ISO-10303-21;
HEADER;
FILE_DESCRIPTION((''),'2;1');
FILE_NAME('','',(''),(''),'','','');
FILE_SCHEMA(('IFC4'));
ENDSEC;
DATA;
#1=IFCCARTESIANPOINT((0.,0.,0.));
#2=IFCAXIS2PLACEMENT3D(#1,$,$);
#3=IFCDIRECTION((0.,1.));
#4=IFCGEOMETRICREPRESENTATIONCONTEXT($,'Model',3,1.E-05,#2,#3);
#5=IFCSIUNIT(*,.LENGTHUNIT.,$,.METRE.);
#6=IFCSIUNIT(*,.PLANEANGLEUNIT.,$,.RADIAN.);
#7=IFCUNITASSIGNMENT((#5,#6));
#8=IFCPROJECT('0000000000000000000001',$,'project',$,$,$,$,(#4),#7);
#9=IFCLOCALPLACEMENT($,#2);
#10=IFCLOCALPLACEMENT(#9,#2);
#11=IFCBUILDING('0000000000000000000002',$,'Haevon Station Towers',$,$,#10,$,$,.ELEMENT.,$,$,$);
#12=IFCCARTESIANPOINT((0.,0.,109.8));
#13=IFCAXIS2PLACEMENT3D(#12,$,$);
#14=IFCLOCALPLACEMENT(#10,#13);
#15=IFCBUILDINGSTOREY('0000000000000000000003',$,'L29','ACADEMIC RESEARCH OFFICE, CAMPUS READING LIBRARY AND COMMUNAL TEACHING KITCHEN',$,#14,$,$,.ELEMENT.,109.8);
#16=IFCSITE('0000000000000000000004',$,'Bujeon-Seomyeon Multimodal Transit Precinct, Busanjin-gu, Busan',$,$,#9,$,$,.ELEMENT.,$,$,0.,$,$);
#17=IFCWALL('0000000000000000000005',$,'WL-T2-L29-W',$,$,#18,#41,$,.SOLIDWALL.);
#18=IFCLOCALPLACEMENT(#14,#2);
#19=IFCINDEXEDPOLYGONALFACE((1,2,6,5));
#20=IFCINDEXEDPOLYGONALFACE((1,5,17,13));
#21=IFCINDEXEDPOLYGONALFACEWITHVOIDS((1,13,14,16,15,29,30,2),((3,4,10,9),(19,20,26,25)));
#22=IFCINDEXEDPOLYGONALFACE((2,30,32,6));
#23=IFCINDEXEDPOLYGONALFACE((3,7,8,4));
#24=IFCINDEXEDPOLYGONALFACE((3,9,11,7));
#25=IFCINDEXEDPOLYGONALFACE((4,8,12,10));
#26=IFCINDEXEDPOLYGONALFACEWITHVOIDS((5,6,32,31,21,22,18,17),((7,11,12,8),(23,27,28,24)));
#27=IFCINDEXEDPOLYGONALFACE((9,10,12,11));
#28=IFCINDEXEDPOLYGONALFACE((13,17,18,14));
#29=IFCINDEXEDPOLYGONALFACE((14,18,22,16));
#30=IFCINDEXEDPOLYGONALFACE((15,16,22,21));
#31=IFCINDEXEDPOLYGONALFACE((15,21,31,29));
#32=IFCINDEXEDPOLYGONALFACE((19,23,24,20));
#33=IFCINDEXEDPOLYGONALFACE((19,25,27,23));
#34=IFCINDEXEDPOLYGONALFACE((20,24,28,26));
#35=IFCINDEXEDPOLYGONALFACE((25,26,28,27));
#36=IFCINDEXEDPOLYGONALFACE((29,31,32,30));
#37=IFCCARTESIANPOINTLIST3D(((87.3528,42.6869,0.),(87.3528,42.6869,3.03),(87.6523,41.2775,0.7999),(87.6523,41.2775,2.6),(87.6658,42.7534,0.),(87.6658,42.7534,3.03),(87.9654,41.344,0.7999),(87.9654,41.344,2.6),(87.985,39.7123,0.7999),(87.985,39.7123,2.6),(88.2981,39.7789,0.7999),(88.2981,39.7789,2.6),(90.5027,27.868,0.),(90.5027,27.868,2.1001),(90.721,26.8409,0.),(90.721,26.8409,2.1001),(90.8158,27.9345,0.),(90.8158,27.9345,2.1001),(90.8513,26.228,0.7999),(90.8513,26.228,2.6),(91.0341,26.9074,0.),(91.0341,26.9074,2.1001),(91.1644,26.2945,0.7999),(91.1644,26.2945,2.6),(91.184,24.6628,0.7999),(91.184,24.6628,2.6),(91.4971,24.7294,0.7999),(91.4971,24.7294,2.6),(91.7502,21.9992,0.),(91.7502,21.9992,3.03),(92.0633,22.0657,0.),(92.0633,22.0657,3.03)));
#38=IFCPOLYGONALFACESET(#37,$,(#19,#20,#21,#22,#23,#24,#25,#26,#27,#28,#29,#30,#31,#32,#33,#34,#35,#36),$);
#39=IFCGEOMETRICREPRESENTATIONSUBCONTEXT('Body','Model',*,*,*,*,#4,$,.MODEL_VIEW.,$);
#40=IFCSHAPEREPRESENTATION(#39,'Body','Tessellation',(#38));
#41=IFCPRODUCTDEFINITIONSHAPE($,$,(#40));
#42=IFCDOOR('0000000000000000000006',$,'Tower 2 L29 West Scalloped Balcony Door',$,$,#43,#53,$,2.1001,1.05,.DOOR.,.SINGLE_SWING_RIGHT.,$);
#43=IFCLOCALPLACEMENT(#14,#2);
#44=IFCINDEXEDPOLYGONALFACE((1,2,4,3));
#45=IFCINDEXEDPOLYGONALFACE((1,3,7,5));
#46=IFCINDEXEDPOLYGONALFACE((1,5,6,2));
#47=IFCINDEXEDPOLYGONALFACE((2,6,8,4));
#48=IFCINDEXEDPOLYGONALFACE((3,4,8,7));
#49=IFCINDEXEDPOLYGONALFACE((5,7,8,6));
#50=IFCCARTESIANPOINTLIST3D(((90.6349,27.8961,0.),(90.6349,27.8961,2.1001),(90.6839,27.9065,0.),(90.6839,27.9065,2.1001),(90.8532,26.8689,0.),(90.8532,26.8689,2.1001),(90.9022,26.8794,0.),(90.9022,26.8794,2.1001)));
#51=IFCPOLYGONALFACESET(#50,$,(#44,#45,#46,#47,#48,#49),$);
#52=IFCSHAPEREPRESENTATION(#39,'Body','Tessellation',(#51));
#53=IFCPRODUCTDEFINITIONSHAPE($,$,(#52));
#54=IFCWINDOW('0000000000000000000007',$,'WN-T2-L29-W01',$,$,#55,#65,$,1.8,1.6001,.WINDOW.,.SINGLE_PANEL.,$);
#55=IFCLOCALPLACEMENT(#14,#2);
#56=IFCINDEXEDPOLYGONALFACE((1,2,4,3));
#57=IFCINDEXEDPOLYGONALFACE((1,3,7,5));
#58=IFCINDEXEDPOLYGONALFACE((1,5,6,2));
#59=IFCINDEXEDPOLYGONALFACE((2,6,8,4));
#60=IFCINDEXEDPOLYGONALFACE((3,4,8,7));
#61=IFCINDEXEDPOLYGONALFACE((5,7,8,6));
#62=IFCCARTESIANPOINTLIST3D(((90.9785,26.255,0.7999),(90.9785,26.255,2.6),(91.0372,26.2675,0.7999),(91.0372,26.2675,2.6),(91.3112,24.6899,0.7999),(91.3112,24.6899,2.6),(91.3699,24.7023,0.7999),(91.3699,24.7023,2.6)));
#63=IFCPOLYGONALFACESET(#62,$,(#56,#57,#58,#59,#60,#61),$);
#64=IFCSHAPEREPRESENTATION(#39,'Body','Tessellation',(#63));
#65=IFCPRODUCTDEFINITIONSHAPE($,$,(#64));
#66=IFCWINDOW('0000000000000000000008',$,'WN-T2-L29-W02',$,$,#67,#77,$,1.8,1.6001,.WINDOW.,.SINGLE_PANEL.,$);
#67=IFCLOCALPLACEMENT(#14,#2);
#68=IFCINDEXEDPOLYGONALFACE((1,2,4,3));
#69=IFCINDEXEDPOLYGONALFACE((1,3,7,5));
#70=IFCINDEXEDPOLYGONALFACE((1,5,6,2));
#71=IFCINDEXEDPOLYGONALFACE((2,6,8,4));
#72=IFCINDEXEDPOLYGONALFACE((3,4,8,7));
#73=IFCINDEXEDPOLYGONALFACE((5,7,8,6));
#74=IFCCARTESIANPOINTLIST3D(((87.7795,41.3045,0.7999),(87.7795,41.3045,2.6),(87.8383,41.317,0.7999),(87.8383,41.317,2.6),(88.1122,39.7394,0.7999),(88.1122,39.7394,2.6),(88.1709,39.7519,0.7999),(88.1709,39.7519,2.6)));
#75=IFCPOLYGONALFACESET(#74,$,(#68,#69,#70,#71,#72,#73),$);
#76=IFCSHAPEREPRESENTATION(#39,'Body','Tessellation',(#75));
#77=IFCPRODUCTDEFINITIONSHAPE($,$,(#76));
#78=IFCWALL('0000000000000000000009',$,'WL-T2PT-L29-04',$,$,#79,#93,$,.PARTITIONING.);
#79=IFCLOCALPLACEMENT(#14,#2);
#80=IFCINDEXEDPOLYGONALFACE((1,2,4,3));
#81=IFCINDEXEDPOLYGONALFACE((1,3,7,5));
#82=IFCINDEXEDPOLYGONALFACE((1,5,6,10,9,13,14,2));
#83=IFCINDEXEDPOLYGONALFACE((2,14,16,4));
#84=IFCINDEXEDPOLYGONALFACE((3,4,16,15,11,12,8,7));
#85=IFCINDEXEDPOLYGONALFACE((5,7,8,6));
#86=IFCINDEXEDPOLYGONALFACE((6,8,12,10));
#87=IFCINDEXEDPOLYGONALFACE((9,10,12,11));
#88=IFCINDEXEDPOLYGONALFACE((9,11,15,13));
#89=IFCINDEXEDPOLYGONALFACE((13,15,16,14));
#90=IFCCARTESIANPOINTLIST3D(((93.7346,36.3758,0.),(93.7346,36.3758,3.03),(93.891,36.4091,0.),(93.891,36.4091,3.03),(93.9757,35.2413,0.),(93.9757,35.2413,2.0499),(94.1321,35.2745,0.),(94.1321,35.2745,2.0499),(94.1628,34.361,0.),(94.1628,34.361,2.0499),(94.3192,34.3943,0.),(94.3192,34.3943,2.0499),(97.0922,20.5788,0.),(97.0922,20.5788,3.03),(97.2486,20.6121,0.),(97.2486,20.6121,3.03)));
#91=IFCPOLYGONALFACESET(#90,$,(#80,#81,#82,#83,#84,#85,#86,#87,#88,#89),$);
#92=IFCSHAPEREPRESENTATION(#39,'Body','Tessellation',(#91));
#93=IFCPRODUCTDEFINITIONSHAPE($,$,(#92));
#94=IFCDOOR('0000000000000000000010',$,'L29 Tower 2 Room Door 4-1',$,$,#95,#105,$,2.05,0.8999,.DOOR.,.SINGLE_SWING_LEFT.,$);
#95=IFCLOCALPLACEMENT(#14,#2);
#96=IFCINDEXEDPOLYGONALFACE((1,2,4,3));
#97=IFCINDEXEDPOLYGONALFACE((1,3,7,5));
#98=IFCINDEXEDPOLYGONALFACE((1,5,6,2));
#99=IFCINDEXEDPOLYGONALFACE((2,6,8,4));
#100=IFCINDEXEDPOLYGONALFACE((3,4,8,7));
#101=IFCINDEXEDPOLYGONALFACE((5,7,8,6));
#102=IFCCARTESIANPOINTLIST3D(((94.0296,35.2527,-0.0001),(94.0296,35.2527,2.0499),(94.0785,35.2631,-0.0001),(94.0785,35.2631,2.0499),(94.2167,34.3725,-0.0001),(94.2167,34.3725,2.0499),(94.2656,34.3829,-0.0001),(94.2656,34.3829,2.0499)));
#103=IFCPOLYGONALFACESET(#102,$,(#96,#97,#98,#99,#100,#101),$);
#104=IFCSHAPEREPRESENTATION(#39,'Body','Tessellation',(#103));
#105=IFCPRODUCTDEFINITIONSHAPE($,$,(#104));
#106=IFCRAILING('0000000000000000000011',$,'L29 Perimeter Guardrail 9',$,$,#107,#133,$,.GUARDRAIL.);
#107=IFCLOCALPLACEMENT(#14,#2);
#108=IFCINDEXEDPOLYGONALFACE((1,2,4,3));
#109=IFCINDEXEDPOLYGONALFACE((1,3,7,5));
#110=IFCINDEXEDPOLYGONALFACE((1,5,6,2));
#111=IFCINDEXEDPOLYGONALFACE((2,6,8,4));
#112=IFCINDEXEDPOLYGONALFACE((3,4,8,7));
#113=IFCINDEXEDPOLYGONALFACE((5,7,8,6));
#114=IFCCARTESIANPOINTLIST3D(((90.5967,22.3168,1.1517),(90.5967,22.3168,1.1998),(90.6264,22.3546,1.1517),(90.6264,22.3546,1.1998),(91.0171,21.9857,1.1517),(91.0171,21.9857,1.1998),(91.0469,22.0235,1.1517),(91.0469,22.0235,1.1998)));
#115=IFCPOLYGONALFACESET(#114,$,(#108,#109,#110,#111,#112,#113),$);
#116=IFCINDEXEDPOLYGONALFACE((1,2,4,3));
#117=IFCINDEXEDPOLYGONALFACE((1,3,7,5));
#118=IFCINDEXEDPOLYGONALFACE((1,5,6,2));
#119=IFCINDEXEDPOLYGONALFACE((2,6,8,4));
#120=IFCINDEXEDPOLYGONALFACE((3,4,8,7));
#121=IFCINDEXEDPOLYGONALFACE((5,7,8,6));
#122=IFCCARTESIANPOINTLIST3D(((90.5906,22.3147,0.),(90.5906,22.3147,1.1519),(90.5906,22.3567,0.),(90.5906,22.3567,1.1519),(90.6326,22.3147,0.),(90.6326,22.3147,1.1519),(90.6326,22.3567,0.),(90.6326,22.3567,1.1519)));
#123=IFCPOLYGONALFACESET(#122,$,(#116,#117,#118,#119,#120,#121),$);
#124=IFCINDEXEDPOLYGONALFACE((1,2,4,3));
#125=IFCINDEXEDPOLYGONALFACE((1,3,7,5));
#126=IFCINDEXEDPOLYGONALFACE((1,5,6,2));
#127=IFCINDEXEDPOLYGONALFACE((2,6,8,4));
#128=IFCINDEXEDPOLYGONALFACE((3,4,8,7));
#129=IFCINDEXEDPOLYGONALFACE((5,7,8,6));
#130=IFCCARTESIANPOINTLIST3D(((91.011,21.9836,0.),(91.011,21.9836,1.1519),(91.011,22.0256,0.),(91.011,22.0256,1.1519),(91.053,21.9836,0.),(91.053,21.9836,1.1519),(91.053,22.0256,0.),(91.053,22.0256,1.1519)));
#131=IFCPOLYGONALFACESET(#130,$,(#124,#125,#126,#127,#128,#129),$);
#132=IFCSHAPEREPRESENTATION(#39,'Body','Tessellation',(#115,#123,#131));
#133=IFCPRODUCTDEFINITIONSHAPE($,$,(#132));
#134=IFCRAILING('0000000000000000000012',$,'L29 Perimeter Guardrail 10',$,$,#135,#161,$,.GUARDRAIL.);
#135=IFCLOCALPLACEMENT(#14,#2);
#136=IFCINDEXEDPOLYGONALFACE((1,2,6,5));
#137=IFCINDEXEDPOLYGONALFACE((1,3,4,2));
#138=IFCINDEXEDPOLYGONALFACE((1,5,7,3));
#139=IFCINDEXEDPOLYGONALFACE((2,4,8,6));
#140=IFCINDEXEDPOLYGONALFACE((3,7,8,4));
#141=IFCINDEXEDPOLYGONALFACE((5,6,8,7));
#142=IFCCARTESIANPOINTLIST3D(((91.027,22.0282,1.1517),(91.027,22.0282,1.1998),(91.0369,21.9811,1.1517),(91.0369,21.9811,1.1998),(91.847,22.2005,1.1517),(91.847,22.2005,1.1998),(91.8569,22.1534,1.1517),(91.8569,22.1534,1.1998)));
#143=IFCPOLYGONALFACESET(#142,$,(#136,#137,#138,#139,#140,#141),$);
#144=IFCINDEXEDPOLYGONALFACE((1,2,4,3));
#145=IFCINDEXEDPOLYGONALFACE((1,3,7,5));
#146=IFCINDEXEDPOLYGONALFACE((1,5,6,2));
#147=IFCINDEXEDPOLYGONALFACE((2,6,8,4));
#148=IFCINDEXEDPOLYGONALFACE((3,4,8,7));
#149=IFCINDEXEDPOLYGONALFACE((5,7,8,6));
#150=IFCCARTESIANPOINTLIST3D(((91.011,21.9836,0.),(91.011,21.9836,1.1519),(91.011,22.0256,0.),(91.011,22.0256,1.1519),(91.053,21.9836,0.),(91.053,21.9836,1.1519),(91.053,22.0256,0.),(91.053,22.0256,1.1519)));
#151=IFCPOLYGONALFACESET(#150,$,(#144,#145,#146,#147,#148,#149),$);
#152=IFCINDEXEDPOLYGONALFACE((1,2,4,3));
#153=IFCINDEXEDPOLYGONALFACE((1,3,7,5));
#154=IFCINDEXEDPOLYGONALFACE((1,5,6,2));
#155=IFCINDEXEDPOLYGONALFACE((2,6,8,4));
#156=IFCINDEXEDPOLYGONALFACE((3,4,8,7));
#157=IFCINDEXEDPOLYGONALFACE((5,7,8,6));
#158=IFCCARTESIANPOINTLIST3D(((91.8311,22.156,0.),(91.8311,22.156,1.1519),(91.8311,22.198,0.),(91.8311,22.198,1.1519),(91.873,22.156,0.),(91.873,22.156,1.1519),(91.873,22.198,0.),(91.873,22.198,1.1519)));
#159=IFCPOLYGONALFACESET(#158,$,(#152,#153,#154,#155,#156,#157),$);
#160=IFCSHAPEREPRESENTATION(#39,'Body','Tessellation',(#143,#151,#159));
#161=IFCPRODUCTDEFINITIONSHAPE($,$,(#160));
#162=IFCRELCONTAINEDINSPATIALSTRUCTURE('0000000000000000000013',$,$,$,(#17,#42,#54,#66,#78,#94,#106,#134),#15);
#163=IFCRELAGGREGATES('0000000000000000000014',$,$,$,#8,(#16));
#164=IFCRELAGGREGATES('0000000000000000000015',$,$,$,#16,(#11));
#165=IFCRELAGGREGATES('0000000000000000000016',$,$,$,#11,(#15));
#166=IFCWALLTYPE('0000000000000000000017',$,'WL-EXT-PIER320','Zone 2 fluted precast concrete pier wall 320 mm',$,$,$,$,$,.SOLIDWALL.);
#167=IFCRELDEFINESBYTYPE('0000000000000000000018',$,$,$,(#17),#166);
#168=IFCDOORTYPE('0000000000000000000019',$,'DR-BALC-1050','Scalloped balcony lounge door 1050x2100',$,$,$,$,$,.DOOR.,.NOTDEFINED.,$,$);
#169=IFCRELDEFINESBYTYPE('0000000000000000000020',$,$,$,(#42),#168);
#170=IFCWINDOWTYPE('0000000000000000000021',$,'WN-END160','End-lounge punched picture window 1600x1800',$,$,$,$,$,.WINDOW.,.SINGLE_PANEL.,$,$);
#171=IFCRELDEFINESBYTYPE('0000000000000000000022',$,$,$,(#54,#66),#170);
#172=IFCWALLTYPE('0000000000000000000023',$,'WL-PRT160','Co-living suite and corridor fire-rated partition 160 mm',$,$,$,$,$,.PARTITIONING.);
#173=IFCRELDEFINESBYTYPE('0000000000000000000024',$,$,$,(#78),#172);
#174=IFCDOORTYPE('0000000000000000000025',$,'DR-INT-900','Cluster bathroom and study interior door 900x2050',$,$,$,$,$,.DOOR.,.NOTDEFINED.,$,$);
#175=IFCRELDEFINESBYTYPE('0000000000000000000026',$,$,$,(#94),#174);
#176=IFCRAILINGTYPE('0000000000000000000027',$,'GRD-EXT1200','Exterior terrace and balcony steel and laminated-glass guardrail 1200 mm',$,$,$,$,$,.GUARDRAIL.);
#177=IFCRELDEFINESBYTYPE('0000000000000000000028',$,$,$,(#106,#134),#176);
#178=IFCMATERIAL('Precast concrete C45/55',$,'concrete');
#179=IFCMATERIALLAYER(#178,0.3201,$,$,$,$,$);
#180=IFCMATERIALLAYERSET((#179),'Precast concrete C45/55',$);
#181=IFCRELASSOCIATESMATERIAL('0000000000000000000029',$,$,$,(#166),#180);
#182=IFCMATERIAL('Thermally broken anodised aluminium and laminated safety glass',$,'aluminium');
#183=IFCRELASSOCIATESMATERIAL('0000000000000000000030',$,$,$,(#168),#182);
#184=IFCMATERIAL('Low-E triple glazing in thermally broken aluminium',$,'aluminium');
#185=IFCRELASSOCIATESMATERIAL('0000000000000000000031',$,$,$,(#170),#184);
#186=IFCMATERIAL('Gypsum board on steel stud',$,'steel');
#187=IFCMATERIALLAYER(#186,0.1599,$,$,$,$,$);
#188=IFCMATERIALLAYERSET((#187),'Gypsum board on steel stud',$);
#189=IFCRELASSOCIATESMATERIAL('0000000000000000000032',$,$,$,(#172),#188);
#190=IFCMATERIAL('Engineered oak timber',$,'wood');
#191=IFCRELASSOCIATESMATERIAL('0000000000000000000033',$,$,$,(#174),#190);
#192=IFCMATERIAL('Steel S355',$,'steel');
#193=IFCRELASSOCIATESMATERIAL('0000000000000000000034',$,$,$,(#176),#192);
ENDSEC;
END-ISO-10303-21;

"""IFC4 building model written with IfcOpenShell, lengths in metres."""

from ifc_helpers import new_model, si_unit, direction, frame, frame_2d, origin, origin_2d, place, context, subcontext, project, spatial, rectangle, extrude, material, layer, layer_set, type_object, element, fill, save


model = new_model("IFC4")

# Units and contexts
model_context = context("Model", 3, precision=1e-05, world=origin(), true_north=direction((0.0, 1.0)))
body_context = subcontext(model_context, "Body", "Model", "MODEL_VIEW")
ifc_project = project(units=[si_unit("LENGTHUNIT", "METRE"), si_unit("PLANEANGLEUNIT", "RADIAN")], contexts=[model_context])

# Site, building, storey
site_placement = place(None, origin())
site = spatial("IfcSite", under=ifc_project, at=site_placement, Name="Bujeon-Seomyeon Multimodal Transit Precinct, Busanjin-gu, Busan", CompositionType="ELEMENT", RefElevation=0.0)
building_placement = place(site_placement, origin())
building = spatial("IfcBuilding", under=site, at=building_placement, Name="Haevon Station Towers", CompositionType="ELEMENT")
storey_placement = place(building_placement, frame((0.0, 0.0, 109.8)))
storey = spatial("IfcBuildingStorey", under=building, at=storey_placement, Name="L29", Description="ACADEMIC RESEARCH OFFICE, CAMPUS READING LIBRARY AND COMMUNAL TEACHING KITCHEN", CompositionType="ELEMENT", Elevation=109.8)

# Shared definitions
ifc_material_1 = material(Name="Precast concrete C45/55", Category="concrete")
ifc_layer_1 = layer(ifc_material_1, 0.3201)
ifc_layer_set_1 = layer_set([ifc_layer_1], Name="Precast concrete C45/55")
wall_type_1 = type_object("IfcWallType", Name="WL-EXT-PIER320", Description="Zone 2 fluted precast concrete pier wall 320 mm", PredefinedType="SOLIDWALL", material=ifc_layer_set_1)

# Wall, openings, door, windows
wall_1_placement = place(storey_placement, frame((91.9067, 22.0325, 0.0), z_axis=(0.0, 0.0, 1.0), x_axis=(-0.207918, 0.978146, 0.0)))
wall_1 = element("IfcWall", 1, at=wall_1_placement, inside=storey, type_object=wall_type_1, Name="WL-T2-L29-W", PredefinedType="SOLIDWALL", context=body_context, shape_type="SweptSolid", body=[
    extrude(rectangle(XDim=21.1499, YDim=0.3201, at=frame_2d((10.575, 0.0))), origin(), (0.0, 0.0, 1.0), 3.03),
])
opening_1_placement = place(wall_1_placement, frame((4.95, 0.0, 0.0)))
opening_1 = element("IfcOpeningElement", 2, at=opening_1_placement, cuts=wall_1, PredefinedType="OPENING", context=body_context, shape_type="SweptSolid", body=[
    extrude(rectangle(XDim=1.05, YDim=2.1001, at=frame_2d((0.5249, 1.05))), frame((0.0, 0.1699, 0.0), z_axis=(0.0, -1.0, 0.0), x_axis=(1.0, 0.0, 0.0)), (0.0, 0.0, 1.0), 0.3401),
])
opening_2_placement = place(wall_1_placement, frame((2.7231, 0.0, 0.8)))
opening_2 = element("IfcOpeningElement", 3, at=opening_2_placement, cuts=wall_1, PredefinedType="OPENING", context=body_context, shape_type="SweptSolid", body=[
    extrude(rectangle(XDim=1.6001, YDim=1.8, at=frame_2d((0.8, 0.8999))), frame((0.0, 0.1699, 0.0), z_axis=(0.0, -1.0, 0.0), x_axis=(1.0, 0.0, 0.0)), (0.0, 0.0, 1.0), 0.3401),
])
opening_3_placement = place(wall_1_placement, frame((18.1089, 0.0, 0.8)))
opening_3 = element("IfcOpeningElement", 4, at=opening_3_placement, cuts=wall_1, PredefinedType="OPENING", context=body_context, shape_type="SweptSolid", body=[
    extrude(rectangle(XDim=1.6001, YDim=1.8, at=frame_2d((0.8, 0.8999))), frame((0.0, 0.1699, 0.0), z_axis=(0.0, -1.0, 0.0), x_axis=(1.0, 0.0, 0.0)), (0.0, 0.0, 1.0), 0.3401),
])
ifc_material_2 = material(Name="Thermally broken anodised aluminium and laminated safety glass", Category="aluminium")
door_type_1 = type_object("IfcDoorType", Name="DR-BALC-1050", Description="Scalloped balcony lounge door 1050x2100", OperationType="NOTDEFINED", PredefinedType="DOOR", material=ifc_material_2)
door_1_placement = place(opening_1_placement, origin())
door_1 = element("IfcDoor", 5, at=door_1_placement, inside=storey, type_object=door_type_1, Name="Tower 2 L29 West Scalloped Balcony Door", OperationType="SINGLE_SWING_RIGHT", OverallHeight=2.1001, OverallWidth=1.05, PredefinedType="DOOR", context=body_context, shape_type="SweptSolid", body=[
    extrude(rectangle(XDim=1.05, YDim=2.1001, at=frame_2d((0.5249, 1.05))), frame((0.0, 0.0249, 0.0), z_axis=(0.0, -1.0, 0.0), x_axis=(1.0, 0.0, 0.0)), (0.0, 0.0, 1.0), 0.05),
])
fill(opening_1, door_1)
ifc_material_3 = material(Name="Low-E triple glazing in thermally broken aluminium", Category="aluminium")
window_type = type_object("IfcWindowType", Name="WN-END160", Description="End-lounge punched picture window 1600x1800", PartitioningType="SINGLE_PANEL", PredefinedType="WINDOW", material=ifc_material_3)
window_1_placement = place(opening_2_placement, origin())
window_1 = element("IfcWindow", 6, at=window_1_placement, inside=storey, type_object=window_type, Name="WN-T2-L29-W01", OverallHeight=1.8, OverallWidth=1.6001, PartitioningType="SINGLE_PANEL", PredefinedType="WINDOW", context=body_context, shape_type="SweptSolid", body=[
    extrude(rectangle(XDim=1.6001, YDim=1.8, at=frame_2d((0.8, 0.8999))), frame((0.0, 0.03, 0.0), z_axis=(0.0, -1.0, 0.0), x_axis=(1.0, 0.0, 0.0)), (0.0, 0.0, 1.0), 0.0601),
])
fill(opening_2, window_1)
window_2_placement = place(opening_3_placement, origin())
window_2 = element("IfcWindow", 7, at=window_2_placement, inside=storey, type_object=window_type, Name="WN-T2-L29-W02", OverallHeight=1.8, OverallWidth=1.6001, PartitioningType="SINGLE_PANEL", PredefinedType="WINDOW", context=body_context, shape_type="SweptSolid", body=[
    extrude(rectangle(XDim=1.6001, YDim=1.8, at=frame_2d((0.8, 0.8999))), frame((0.0, 0.03, 0.0), z_axis=(0.0, -1.0, 0.0), x_axis=(1.0, 0.0, 0.0)), (0.0, 0.0, 1.0), 0.0601),
])
fill(opening_3, window_2)

# Wall, opening, door
ifc_material_4 = material(Name="Gypsum board on steel stud", Category="steel")
ifc_layer_2 = layer(ifc_material_4, 0.1599)
ifc_layer_set_2 = layer_set([ifc_layer_2], Name="Gypsum board on steel stud")
wall_type_2 = type_object("IfcWallType", Name="WL-PRT160", Description="Co-living suite and corridor fire-rated partition 160 mm", PredefinedType="PARTITIONING", material=ifc_layer_set_2)
wall_2_placement = place(storey_placement, frame((97.1704, 20.5955, 0.0), z_axis=(0.0, 0.0, 1.0), x_axis=(-0.207905, 0.978149, 0.0)))
wall_2 = element("IfcWall", 8, at=wall_2_placement, inside=storey, type_object=wall_type_2, Name="WL-T2PT-L29-04", PredefinedType="PARTITIONING", context=body_context, shape_type="SweptSolid", body=[
    extrude(rectangle(XDim=16.1499, YDim=0.1599, at=frame_2d((8.075, 0.0))), origin(), (0.0, 0.0, 1.0), 3.03),
])
opening_4_placement = place(wall_2_placement, frame((14.0901, 0.0, 0.0)))
opening_4 = element("IfcOpeningElement", 9, at=opening_4_placement, cuts=wall_2, PredefinedType="OPENING", context=body_context, shape_type="SweptSolid", body=[
    extrude(rectangle(XDim=0.8999, YDim=2.05, at=frame_2d((0.45, 1.0249))), frame((0.0, 0.0898, 0.0), z_axis=(0.0, -1.0, 0.0), x_axis=(1.0, 0.0, 0.0)), (0.0, 0.0, 1.0), 0.1799),
])
ifc_material_5 = material(Name="Engineered oak timber", Category="wood")
door_type_2 = type_object("IfcDoorType", Name="DR-INT-900", Description="Cluster bathroom and study interior door 900x2050", OperationType="NOTDEFINED", PredefinedType="DOOR", material=ifc_material_5)
door_2_placement = place(opening_4_placement, origin())
door_2 = element("IfcDoor", 10, at=door_2_placement, inside=storey, type_object=door_type_2, Name="L29 Tower 2 Room Door 4-1", OperationType="SINGLE_SWING_LEFT", OverallHeight=2.05, OverallWidth=0.8999, PredefinedType="DOOR", context=body_context, shape_type="SweptSolid", body=[
    extrude(rectangle(XDim=0.8999, YDim=2.05, at=frame_2d((0.45, 1.0249))), frame((0.0, 0.0249, 0.0), z_axis=(0.0, -1.0, 0.0), x_axis=(1.0, 0.0, 0.0)), (0.0, 0.0, 1.0), 0.05),
])
fill(opening_4, door_2)

# Railings
ifc_material_6 = material(Name="Steel S355", Category="steel")
railing_type = type_object("IfcRailingType", Name="GRD-EXT1200", Description="Exterior terrace and balcony steel and laminated-glass guardrail 1200 mm", PredefinedType="GUARDRAIL", material=ifc_material_6)
railing_1_placement = place(storey_placement, frame((90.6116, 22.3357, 0.0)))
element("IfcRailing", 11, at=railing_1_placement, inside=storey, type_object=railing_type, Name="L29 Perimeter Guardrail 9", PredefinedType="GUARDRAIL", context=body_context, shape_type="SweptSolid", body=[
    extrude(rectangle(XDim=0.0481, YDim=0.0481, at=origin_2d()), frame((0.0, 0.0, 1.1758), z_axis=(0.785653, -0.618667, 0.0), x_axis=(0.618667, 0.785653, 0.0)), (0.0, 0.0, 1.0), 0.5352),
    extrude(rectangle(XDim=0.042, YDim=0.042, at=origin_2d()), origin(), (0.0, 0.0, 1.0), 1.1519),
    extrude(rectangle(XDim=0.042, YDim=0.042, at=origin_2d()), frame((0.4204, -0.3311, 0.0)), (0.0, 0.0, 1.0), 1.1519),
])
railing_2_placement = place(storey_placement, frame((91.032, 22.0046, 0.0)))
element("IfcRailing", 12, at=railing_2_placement, inside=storey, type_object=railing_type, Name="L29 Perimeter Guardrail 10", PredefinedType="GUARDRAIL", context=body_context, shape_type="SweptSolid", body=[
    extrude(rectangle(XDim=0.0481, YDim=0.0481, at=origin_2d()), frame((0.0, 0.0, 1.1758), z_axis=(0.978618, 0.205687, 0.0), x_axis=(-0.205687, 0.978618, 0.0)), (0.0, 0.0, 1.0), 0.8379),
    extrude(rectangle(XDim=0.042, YDim=0.042, at=origin_2d()), origin(), (0.0, 0.0, 1.0), 1.1519),
    extrude(rectangle(XDim=0.042, YDim=0.042, at=origin_2d()), frame((0.8201, 0.1724, 0.0)), (0.0, 0.0, 1.0), 1.1519),
])

save(model, "model.ifc")
